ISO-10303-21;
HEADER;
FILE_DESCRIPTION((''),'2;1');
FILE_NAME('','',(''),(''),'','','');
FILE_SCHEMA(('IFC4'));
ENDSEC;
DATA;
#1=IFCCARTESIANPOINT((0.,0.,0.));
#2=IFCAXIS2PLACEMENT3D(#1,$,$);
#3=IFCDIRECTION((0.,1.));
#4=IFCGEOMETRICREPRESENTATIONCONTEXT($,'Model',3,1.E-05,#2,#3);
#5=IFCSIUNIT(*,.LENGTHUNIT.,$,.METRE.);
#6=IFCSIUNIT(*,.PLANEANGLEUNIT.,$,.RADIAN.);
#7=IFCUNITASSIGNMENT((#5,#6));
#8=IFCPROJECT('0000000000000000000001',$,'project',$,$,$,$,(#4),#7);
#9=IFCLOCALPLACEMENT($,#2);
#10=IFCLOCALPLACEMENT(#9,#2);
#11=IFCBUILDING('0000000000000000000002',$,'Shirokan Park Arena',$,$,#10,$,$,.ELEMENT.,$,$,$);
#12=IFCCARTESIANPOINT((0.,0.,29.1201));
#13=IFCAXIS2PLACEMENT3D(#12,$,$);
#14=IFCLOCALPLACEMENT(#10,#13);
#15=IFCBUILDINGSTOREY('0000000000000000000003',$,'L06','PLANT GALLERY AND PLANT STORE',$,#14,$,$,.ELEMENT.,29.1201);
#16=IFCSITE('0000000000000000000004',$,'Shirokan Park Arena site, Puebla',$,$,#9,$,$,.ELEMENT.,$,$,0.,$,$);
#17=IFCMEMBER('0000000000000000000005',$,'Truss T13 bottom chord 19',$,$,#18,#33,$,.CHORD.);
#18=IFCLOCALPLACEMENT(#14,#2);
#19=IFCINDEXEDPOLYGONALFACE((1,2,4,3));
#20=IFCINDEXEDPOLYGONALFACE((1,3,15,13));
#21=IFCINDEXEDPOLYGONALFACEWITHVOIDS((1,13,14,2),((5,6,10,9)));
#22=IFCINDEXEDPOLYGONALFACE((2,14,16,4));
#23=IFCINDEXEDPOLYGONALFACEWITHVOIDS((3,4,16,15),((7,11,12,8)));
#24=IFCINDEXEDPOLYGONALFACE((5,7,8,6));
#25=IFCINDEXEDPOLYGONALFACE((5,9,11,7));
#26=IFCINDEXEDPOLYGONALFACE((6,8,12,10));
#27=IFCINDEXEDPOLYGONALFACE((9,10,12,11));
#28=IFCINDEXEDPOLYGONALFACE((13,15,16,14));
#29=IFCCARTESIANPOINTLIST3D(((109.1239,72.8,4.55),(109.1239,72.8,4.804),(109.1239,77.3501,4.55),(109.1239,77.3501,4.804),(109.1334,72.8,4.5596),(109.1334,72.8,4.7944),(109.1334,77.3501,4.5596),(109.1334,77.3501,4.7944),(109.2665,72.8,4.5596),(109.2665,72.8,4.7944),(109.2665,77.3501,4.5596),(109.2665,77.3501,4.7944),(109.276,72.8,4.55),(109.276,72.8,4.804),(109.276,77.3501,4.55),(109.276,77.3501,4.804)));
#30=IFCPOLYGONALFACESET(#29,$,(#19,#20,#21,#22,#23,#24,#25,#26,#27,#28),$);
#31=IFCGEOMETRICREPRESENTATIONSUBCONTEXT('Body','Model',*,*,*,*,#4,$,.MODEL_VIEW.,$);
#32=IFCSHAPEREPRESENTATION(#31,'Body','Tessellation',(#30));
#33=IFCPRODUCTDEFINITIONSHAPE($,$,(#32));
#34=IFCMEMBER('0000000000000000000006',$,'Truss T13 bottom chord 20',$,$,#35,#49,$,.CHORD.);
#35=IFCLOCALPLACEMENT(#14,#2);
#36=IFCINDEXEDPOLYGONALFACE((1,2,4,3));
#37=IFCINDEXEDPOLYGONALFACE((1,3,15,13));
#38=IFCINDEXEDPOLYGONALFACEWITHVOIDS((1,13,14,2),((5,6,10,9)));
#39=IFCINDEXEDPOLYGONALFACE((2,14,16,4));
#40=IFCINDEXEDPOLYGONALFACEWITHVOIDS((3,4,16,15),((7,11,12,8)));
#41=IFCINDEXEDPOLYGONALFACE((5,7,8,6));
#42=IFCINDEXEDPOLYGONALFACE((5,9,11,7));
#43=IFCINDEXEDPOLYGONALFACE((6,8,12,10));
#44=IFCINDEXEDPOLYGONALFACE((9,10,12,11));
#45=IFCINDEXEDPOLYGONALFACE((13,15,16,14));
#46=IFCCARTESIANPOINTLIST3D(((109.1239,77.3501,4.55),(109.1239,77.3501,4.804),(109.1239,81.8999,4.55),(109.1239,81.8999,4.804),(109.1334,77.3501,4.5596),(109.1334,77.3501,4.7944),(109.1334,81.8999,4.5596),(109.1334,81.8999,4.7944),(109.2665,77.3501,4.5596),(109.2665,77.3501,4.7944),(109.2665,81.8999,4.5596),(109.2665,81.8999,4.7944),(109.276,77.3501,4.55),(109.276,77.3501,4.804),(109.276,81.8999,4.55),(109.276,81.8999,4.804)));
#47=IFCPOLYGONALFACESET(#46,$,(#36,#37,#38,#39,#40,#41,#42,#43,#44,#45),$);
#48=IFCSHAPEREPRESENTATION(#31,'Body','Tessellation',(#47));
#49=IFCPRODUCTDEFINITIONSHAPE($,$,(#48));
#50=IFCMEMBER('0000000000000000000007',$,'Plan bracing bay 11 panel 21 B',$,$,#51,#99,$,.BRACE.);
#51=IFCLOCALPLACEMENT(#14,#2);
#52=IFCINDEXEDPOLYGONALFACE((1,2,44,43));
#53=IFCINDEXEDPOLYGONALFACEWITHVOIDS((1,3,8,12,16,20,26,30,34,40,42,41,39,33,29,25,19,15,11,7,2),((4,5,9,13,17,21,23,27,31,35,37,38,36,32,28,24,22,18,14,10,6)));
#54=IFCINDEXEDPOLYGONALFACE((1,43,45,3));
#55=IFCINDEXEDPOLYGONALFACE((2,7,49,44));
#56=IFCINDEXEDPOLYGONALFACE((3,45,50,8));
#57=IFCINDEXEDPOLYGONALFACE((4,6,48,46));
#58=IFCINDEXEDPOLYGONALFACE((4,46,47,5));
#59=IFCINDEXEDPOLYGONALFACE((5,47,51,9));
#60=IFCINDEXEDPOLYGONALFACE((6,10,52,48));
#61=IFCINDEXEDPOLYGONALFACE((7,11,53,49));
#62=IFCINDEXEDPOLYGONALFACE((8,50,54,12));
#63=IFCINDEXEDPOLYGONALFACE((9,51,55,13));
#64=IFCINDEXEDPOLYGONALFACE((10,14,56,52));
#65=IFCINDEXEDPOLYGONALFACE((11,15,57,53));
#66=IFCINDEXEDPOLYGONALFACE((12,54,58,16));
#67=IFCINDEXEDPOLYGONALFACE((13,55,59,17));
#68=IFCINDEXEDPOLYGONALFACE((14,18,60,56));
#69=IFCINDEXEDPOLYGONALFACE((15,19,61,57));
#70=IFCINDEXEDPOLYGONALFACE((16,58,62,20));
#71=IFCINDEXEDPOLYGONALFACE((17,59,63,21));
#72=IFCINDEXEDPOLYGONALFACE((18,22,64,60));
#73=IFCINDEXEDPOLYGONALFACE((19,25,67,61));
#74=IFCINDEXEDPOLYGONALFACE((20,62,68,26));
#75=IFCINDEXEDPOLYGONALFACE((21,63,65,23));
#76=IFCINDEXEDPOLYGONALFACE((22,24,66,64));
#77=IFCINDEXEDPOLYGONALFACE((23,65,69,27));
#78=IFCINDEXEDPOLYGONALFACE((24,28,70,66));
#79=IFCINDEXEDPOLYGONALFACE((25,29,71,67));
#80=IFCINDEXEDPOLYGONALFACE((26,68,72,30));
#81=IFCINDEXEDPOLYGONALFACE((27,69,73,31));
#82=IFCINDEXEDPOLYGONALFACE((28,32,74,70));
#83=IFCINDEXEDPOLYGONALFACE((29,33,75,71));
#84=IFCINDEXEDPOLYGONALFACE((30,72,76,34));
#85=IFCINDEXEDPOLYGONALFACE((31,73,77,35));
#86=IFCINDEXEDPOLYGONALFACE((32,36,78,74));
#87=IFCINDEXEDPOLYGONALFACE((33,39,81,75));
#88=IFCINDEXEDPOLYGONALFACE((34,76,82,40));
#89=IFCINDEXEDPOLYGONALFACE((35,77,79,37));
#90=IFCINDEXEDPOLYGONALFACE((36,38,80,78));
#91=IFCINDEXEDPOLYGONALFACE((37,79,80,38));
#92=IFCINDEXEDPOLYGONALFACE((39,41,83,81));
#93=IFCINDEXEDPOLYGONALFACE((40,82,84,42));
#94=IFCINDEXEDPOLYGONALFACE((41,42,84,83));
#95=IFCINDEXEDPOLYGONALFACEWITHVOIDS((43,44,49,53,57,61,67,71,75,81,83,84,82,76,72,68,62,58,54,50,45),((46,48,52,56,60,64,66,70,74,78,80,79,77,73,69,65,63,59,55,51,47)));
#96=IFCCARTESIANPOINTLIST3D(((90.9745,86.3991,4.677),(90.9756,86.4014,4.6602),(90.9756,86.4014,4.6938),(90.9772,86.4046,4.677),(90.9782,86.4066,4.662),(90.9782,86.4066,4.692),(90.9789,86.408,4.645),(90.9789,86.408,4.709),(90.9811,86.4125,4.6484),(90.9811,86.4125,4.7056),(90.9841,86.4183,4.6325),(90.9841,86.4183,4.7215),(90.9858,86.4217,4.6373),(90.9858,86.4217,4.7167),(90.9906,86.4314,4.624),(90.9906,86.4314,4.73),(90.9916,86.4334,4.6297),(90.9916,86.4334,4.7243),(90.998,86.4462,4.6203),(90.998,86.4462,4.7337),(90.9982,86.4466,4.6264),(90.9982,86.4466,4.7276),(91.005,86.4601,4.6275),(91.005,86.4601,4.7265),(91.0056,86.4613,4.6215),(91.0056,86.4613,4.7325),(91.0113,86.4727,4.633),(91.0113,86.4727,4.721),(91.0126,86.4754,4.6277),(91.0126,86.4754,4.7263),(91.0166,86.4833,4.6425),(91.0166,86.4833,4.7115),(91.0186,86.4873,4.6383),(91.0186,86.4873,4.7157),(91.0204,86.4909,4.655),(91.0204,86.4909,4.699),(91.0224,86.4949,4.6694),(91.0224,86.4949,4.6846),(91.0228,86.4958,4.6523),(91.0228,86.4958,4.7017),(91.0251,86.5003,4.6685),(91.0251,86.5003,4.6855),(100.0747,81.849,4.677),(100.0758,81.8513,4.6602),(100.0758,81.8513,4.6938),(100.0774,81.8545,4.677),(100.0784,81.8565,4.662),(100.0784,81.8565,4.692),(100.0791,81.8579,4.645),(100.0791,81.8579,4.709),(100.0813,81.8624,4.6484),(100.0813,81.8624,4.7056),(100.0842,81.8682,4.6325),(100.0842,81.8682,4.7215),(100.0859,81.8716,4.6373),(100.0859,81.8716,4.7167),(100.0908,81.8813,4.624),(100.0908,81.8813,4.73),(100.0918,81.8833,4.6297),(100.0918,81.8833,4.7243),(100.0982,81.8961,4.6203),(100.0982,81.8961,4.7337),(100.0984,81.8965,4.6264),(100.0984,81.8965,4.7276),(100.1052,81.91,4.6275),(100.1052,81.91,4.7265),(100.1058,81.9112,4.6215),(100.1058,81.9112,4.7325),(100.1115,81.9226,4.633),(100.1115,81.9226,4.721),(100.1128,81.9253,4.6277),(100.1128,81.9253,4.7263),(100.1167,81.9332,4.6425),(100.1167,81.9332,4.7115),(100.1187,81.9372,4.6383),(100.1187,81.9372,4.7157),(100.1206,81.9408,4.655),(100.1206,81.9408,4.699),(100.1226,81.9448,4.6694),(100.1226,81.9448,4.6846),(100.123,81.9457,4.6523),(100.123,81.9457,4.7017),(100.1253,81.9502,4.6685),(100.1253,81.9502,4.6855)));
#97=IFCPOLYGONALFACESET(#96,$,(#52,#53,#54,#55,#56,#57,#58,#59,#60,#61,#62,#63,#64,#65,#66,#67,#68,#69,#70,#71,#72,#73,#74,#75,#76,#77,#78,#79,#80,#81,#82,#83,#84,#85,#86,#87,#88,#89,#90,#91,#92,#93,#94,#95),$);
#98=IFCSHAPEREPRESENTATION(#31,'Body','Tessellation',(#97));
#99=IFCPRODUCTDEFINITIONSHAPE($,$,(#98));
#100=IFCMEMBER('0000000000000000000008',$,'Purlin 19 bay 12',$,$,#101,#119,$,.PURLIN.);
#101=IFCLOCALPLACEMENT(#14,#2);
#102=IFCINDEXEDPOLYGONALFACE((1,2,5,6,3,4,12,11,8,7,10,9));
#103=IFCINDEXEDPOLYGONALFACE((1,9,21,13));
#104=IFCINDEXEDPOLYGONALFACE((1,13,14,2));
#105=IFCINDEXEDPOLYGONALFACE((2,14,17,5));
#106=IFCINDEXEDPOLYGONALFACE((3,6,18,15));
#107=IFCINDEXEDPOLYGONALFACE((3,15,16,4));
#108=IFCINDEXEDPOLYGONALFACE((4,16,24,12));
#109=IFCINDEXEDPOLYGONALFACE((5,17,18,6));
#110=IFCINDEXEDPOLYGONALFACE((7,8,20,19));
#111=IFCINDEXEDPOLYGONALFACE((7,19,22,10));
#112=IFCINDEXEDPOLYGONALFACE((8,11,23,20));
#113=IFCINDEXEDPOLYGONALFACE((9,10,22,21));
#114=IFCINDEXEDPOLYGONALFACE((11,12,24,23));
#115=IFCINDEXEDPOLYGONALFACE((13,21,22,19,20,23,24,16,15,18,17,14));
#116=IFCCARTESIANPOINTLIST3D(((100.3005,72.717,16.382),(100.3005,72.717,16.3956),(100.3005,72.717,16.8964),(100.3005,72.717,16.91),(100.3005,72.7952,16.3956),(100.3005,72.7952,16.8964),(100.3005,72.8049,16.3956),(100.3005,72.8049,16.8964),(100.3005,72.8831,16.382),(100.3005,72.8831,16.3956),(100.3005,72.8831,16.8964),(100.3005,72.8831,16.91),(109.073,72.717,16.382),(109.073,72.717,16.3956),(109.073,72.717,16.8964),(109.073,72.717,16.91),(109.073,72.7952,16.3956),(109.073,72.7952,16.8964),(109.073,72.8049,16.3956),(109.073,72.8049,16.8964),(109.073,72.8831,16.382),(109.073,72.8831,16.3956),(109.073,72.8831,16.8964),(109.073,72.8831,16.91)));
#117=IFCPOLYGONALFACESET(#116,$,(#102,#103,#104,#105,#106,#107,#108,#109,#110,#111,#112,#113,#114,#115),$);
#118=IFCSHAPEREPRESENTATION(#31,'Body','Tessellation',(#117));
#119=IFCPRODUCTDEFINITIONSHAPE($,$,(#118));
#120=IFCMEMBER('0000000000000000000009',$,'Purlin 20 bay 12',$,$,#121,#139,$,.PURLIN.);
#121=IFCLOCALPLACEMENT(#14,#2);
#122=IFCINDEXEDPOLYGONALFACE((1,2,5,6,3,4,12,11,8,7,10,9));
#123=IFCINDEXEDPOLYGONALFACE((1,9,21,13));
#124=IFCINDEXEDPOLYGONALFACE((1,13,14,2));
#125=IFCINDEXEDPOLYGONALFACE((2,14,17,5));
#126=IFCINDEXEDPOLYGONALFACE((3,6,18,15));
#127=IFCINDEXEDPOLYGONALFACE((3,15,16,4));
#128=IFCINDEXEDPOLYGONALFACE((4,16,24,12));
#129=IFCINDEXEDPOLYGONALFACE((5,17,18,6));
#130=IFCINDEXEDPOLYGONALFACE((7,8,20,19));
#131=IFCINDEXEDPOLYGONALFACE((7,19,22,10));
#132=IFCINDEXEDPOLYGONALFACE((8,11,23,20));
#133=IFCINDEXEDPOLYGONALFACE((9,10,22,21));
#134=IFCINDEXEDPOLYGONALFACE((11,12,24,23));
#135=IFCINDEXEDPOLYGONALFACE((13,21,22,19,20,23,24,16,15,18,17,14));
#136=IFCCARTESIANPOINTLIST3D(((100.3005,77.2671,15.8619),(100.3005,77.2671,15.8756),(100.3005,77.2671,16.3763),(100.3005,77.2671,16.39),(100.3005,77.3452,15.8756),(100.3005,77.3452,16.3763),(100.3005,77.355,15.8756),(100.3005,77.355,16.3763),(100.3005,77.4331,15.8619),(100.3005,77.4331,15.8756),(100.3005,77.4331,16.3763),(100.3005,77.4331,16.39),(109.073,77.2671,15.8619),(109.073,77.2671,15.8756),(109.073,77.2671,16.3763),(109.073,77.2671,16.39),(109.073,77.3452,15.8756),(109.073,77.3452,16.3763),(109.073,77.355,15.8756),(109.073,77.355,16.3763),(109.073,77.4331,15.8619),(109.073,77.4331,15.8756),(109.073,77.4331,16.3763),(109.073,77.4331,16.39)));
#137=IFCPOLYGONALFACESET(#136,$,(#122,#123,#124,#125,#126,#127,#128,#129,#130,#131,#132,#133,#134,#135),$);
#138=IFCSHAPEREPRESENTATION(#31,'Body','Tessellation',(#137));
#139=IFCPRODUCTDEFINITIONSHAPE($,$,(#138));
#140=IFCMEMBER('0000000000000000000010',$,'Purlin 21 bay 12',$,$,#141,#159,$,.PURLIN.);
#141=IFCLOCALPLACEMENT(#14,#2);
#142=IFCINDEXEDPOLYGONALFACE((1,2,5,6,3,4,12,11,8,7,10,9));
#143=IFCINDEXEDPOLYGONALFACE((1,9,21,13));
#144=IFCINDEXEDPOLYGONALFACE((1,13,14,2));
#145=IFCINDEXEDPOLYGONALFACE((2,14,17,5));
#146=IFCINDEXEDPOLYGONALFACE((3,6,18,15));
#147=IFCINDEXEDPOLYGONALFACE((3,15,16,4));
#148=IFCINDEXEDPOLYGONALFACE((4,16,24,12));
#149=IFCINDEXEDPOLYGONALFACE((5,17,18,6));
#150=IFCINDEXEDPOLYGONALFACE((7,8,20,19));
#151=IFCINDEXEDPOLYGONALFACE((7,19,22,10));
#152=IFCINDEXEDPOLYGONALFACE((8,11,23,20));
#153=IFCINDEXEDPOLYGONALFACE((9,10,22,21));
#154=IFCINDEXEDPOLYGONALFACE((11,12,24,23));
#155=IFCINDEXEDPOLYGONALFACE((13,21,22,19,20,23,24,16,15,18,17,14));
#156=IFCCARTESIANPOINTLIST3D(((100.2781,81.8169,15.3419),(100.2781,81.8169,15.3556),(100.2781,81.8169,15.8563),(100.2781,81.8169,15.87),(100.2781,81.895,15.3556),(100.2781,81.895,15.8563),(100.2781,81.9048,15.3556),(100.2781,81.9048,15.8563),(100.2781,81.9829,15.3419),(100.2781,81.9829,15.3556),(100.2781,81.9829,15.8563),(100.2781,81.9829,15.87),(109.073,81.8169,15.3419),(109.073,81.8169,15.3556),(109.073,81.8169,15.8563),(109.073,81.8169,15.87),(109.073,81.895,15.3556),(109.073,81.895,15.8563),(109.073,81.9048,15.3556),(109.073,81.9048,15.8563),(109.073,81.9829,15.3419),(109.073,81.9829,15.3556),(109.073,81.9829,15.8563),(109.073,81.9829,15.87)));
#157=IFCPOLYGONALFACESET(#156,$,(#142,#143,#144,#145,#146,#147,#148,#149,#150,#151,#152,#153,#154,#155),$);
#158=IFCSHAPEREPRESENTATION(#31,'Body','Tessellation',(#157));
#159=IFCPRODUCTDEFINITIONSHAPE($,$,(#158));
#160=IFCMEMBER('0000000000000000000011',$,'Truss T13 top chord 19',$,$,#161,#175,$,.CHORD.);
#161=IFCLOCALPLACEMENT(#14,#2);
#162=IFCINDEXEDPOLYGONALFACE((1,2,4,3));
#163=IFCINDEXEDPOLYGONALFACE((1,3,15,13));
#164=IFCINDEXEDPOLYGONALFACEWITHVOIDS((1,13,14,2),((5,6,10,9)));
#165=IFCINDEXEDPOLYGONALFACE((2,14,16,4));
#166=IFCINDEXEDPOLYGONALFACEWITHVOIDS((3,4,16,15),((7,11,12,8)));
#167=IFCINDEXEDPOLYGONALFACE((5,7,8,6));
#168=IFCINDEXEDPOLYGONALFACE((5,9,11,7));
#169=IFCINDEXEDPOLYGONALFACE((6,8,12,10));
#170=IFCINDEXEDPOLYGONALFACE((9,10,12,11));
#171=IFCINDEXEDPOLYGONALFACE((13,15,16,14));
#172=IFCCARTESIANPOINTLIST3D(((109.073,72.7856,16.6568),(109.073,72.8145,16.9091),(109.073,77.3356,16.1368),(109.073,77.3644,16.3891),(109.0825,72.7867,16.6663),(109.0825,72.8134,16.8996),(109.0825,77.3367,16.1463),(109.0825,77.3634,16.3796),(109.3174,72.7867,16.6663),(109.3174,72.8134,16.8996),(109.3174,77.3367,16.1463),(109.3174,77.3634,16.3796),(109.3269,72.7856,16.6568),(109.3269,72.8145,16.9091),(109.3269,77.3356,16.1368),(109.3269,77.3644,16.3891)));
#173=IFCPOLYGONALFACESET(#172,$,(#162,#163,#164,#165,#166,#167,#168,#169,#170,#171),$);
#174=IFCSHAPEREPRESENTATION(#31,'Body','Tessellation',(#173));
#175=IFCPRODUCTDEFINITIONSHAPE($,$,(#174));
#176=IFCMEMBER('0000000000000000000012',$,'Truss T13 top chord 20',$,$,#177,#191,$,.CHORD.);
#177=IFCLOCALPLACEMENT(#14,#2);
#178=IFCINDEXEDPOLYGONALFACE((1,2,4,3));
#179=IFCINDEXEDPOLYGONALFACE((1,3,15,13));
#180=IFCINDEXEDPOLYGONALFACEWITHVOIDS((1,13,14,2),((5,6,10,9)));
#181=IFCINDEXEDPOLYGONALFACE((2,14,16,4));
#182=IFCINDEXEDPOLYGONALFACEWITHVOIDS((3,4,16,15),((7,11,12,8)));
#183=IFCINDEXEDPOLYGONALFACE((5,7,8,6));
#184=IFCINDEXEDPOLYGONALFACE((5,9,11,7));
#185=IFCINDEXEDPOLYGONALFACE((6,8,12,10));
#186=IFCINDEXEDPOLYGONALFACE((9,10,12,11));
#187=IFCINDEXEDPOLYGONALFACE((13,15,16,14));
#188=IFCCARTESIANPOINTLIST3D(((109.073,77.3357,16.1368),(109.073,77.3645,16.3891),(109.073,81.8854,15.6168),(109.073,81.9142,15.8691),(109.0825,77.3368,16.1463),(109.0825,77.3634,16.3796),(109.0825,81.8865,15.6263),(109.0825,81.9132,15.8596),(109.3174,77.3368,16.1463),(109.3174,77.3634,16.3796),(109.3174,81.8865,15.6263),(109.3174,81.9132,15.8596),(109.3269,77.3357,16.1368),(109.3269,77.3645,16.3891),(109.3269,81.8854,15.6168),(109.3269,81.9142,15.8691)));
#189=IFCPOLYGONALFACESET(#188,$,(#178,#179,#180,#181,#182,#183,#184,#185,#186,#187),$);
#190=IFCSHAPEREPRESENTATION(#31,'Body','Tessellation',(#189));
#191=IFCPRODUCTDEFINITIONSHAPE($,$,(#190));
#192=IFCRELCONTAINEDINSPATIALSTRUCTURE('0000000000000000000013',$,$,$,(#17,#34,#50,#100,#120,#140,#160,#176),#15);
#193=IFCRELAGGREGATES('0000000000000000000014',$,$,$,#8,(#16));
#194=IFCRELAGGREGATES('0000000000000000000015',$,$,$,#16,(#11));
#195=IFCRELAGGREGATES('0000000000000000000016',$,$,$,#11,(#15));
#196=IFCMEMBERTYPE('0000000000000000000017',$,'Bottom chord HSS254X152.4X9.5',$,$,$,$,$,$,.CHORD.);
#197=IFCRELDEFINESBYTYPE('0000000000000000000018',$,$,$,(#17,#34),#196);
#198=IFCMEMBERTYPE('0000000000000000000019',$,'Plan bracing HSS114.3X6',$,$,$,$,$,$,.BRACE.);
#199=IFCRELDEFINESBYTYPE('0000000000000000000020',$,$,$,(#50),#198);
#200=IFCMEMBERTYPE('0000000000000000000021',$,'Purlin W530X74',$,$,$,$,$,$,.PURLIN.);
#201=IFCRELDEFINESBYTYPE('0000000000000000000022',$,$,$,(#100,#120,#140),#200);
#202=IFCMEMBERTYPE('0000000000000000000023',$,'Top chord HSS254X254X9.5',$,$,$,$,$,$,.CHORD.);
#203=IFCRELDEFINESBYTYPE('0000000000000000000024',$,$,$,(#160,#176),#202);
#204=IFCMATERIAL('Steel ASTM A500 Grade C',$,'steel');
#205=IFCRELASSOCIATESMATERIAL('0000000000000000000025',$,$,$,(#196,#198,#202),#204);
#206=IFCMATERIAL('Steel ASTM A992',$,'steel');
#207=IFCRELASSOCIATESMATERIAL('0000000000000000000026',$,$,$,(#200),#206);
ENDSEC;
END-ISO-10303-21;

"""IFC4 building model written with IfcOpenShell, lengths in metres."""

from ifc_helpers import new_model, si_unit, direction, frame, origin, origin_2d, place, context, subcontext, project, spatial, hollow_rectangle, hollow_circle, i_section, extrude, material, material_profile, profile_set, type_object, element, save


model = new_model("IFC4")

# Units and contexts
model_context = context("Model", 3, precision=1e-05, world=origin(), true_north=direction((0.0, 1.0)))
body_context = subcontext(model_context, "Body", "Model", "MODEL_VIEW")
ifc_project = project(units=[si_unit("LENGTHUNIT", "METRE"), si_unit("PLANEANGLEUNIT", "RADIAN")], contexts=[model_context])

# Site, building, storey
site_placement = place(None, origin())
site = spatial("IfcSite", under=ifc_project, at=site_placement, Name="Shirokan Park Arena site, Puebla", CompositionType="ELEMENT", RefElevation=0.0)
building_placement = place(site_placement, origin())
building = spatial("IfcBuilding", under=site, at=building_placement, Name="Shirokan Park Arena", CompositionType="ELEMENT")
storey_placement = place(building_placement, frame((0.0, 0.0, 29.1201)))
storey = spatial("IfcBuildingStorey", under=building, at=storey_placement, Name="L06", Description="PLANT GALLERY AND PLANT STORE", CompositionType="ELEMENT", Elevation=29.1201)

# Members
ifc_material_1 = material(Name="Steel ASTM A500 Grade C", Category="steel")
ifc_material_profile_1 = material_profile(ifc_material_1, hollow_rectangle(XDim=0.1521, YDim=0.2539, WallThickness=0.0095, at=origin_2d()), Name="HSS254X152.4X9.5")
ifc_profile_set_1 = profile_set([ifc_material_profile_1], Name="Steel ASTM A500 Grade C")
member_type_1 = type_object("IfcMemberType", Name="Bottom chord HSS254X152.4X9.5", PredefinedType="CHORD", material=ifc_profile_set_1)
member_1_placement = place(storey_placement, frame((109.2, 72.8, 4.677), z_axis=(0.0, 1.0, 0.0), x_axis=(-1.0, 0.0, 0.0)))
element("IfcMember", 1, at=member_1_placement, inside=storey, type_object=member_type_1, Name="Truss T13 bottom chord 19", PredefinedType="CHORD", context=body_context, shape_type="SweptSolid", body=[
    extrude(hollow_rectangle(XDim=0.1521, YDim=0.2539, WallThickness=0.0095, at=origin_2d()), origin(), (0.0, 0.0, 1.0), 4.55),
])
member_2_placement = place(storey_placement, frame((109.2, 77.3501, 4.677), z_axis=(0.0, 1.0, 0.0), x_axis=(-1.0, 0.0, 0.0)))
element("IfcMember", 2, at=member_2_placement, inside=storey, type_object=member_type_1, Name="Truss T13 bottom chord 20", PredefinedType="CHORD", context=body_context, shape_type="SweptSolid", body=[
    extrude(hollow_rectangle(XDim=0.1521, YDim=0.2539, WallThickness=0.0095, at=origin_2d()), origin(), (0.0, 0.0, 1.0), 4.5498),
])
ifc_material_profile_2 = material_profile(ifc_material_1, hollow_circle(Radius=0.0569, WallThickness=0.0061, at=origin_2d()), Name="HSS114.3X6")
ifc_profile_set_2 = profile_set([ifc_material_profile_2], Name="Steel ASTM A500 Grade C")
member_type_2 = type_object("IfcMemberType", Name="Plan bracing HSS114.3X6", PredefinedType="BRACE", material=ifc_profile_set_2)
member_3_placement = place(storey_placement, frame((100.1001, 81.8999, 4.677), z_axis=(-0.894427, 0.447214, 0.0), x_axis=(-0.447214, -0.894427, 0.0)))
element("IfcMember", 3, at=member_3_placement, inside=storey, type_object=member_type_2, Name="Plan bracing bay 11 panel 21 B", PredefinedType="BRACE", context=body_context, shape_type="SweptSolid", body=[
    extrude(hollow_circle(Radius=0.0569, WallThickness=0.0061, at=origin_2d()), origin(), (0.0, 0.0, 1.0), 10.1743),
])
ifc_material_2 = material(Name="Steel ASTM A992", Category="steel")
ifc_material_profile_3 = material_profile(ifc_material_2, i_section(OverallWidth=0.166, OverallDepth=0.5281, WebThickness=0.0098, FlangeThickness=0.0137, at=origin_2d()), Name="W530X74")
ifc_profile_set_3 = profile_set([ifc_material_profile_3], Name="Steel ASTM A992")
member_type_3 = type_object("IfcMemberType", Name="Purlin W530X74", PredefinedType="PURLIN", material=ifc_profile_set_3)
for number, where, z_axis, x_axis, name in (
    (4, (100.3005, 72.8, 16.646), (1.0, 0.0, 0.0), (0.0, 1.0, 0.0), "Purlin 19 bay 12"),
    (5, (100.3005, 77.3501, 16.126), (1.0, 0.0, 0.0), (0.0, 1.0, 0.0), "Purlin 20 bay 12"),
):
    element("IfcMember", number, at=place(storey_placement, frame(where, z_axis=z_axis, x_axis=x_axis)), inside=storey, type_object=member_type_3, Name=name, PredefinedType="PURLIN", context=body_context, shape_type="SweptSolid", body=[
        extrude(i_section(OverallWidth=0.166, OverallDepth=0.5281, WebThickness=0.0098, FlangeThickness=0.0137, at=origin_2d()), origin(), (0.0, 0.0, 1.0), 8.7725),
    ])
member_4_placement = place(storey_placement, frame((100.2781, 81.8999, 15.606), z_axis=(1.0, 0.0, 0.0), x_axis=(0.0, 1.0, 0.0)))
element("IfcMember", 6, at=member_4_placement, inside=storey, type_object=member_type_3, Name="Purlin 21 bay 12", PredefinedType="PURLIN", context=body_context, shape_type="SweptSolid", body=[
    extrude(i_section(OverallWidth=0.166, OverallDepth=0.5281, WebThickness=0.0098, FlangeThickness=0.0137, at=origin_2d()), origin(), (0.0, 0.0, 1.0), 8.7949),
])
ifc_material_profile_4 = material_profile(ifc_material_1, hollow_rectangle(XDim=0.2539, YDim=0.2539, WallThickness=0.0095, at=origin_2d()), Name="HSS254X254X9.5")
ifc_profile_set_4 = profile_set([ifc_material_profile_4], Name="Steel ASTM A500 Grade C")
member_type_4 = type_object("IfcMemberType", Name="Top chord HSS254X254X9.5", PredefinedType="CHORD", material=ifc_profile_set_4)
member_5_placement = place(storey_placement, frame((109.2, 72.8, 16.783), z_axis=(0.0, 0.993532, -0.11355), x_axis=(-1.0, 0.0, 0.0)))
element("IfcMember", 7, at=member_5_placement, inside=storey, type_object=member_type_4, Name="Truss T13 top chord 19", PredefinedType="CHORD", context=body_context, shape_type="SweptSolid", body=[
    extrude(hollow_rectangle(XDim=0.2539, YDim=0.2539, WallThickness=0.0095, at=origin_2d()), origin(), (0.0, 0.0, 1.0), 4.5796),
])
member_6_placement = place(storey_placement, frame((109.2, 77.3501, 16.2629), z_axis=(0.0, 0.993532, -0.113556), x_axis=(-1.0, 0.0, 0.0)))
element("IfcMember", 8, at=member_6_placement, inside=storey, type_object=member_type_4, Name="Truss T13 top chord 20", PredefinedType="CHORD", context=body_context, shape_type="SweptSolid", body=[
    extrude(hollow_rectangle(XDim=0.2539, YDim=0.2539, WallThickness=0.0095, at=origin_2d()), origin(), (0.0, 0.0, 1.0), 4.5793),
])

save(model, "model.ifc")
